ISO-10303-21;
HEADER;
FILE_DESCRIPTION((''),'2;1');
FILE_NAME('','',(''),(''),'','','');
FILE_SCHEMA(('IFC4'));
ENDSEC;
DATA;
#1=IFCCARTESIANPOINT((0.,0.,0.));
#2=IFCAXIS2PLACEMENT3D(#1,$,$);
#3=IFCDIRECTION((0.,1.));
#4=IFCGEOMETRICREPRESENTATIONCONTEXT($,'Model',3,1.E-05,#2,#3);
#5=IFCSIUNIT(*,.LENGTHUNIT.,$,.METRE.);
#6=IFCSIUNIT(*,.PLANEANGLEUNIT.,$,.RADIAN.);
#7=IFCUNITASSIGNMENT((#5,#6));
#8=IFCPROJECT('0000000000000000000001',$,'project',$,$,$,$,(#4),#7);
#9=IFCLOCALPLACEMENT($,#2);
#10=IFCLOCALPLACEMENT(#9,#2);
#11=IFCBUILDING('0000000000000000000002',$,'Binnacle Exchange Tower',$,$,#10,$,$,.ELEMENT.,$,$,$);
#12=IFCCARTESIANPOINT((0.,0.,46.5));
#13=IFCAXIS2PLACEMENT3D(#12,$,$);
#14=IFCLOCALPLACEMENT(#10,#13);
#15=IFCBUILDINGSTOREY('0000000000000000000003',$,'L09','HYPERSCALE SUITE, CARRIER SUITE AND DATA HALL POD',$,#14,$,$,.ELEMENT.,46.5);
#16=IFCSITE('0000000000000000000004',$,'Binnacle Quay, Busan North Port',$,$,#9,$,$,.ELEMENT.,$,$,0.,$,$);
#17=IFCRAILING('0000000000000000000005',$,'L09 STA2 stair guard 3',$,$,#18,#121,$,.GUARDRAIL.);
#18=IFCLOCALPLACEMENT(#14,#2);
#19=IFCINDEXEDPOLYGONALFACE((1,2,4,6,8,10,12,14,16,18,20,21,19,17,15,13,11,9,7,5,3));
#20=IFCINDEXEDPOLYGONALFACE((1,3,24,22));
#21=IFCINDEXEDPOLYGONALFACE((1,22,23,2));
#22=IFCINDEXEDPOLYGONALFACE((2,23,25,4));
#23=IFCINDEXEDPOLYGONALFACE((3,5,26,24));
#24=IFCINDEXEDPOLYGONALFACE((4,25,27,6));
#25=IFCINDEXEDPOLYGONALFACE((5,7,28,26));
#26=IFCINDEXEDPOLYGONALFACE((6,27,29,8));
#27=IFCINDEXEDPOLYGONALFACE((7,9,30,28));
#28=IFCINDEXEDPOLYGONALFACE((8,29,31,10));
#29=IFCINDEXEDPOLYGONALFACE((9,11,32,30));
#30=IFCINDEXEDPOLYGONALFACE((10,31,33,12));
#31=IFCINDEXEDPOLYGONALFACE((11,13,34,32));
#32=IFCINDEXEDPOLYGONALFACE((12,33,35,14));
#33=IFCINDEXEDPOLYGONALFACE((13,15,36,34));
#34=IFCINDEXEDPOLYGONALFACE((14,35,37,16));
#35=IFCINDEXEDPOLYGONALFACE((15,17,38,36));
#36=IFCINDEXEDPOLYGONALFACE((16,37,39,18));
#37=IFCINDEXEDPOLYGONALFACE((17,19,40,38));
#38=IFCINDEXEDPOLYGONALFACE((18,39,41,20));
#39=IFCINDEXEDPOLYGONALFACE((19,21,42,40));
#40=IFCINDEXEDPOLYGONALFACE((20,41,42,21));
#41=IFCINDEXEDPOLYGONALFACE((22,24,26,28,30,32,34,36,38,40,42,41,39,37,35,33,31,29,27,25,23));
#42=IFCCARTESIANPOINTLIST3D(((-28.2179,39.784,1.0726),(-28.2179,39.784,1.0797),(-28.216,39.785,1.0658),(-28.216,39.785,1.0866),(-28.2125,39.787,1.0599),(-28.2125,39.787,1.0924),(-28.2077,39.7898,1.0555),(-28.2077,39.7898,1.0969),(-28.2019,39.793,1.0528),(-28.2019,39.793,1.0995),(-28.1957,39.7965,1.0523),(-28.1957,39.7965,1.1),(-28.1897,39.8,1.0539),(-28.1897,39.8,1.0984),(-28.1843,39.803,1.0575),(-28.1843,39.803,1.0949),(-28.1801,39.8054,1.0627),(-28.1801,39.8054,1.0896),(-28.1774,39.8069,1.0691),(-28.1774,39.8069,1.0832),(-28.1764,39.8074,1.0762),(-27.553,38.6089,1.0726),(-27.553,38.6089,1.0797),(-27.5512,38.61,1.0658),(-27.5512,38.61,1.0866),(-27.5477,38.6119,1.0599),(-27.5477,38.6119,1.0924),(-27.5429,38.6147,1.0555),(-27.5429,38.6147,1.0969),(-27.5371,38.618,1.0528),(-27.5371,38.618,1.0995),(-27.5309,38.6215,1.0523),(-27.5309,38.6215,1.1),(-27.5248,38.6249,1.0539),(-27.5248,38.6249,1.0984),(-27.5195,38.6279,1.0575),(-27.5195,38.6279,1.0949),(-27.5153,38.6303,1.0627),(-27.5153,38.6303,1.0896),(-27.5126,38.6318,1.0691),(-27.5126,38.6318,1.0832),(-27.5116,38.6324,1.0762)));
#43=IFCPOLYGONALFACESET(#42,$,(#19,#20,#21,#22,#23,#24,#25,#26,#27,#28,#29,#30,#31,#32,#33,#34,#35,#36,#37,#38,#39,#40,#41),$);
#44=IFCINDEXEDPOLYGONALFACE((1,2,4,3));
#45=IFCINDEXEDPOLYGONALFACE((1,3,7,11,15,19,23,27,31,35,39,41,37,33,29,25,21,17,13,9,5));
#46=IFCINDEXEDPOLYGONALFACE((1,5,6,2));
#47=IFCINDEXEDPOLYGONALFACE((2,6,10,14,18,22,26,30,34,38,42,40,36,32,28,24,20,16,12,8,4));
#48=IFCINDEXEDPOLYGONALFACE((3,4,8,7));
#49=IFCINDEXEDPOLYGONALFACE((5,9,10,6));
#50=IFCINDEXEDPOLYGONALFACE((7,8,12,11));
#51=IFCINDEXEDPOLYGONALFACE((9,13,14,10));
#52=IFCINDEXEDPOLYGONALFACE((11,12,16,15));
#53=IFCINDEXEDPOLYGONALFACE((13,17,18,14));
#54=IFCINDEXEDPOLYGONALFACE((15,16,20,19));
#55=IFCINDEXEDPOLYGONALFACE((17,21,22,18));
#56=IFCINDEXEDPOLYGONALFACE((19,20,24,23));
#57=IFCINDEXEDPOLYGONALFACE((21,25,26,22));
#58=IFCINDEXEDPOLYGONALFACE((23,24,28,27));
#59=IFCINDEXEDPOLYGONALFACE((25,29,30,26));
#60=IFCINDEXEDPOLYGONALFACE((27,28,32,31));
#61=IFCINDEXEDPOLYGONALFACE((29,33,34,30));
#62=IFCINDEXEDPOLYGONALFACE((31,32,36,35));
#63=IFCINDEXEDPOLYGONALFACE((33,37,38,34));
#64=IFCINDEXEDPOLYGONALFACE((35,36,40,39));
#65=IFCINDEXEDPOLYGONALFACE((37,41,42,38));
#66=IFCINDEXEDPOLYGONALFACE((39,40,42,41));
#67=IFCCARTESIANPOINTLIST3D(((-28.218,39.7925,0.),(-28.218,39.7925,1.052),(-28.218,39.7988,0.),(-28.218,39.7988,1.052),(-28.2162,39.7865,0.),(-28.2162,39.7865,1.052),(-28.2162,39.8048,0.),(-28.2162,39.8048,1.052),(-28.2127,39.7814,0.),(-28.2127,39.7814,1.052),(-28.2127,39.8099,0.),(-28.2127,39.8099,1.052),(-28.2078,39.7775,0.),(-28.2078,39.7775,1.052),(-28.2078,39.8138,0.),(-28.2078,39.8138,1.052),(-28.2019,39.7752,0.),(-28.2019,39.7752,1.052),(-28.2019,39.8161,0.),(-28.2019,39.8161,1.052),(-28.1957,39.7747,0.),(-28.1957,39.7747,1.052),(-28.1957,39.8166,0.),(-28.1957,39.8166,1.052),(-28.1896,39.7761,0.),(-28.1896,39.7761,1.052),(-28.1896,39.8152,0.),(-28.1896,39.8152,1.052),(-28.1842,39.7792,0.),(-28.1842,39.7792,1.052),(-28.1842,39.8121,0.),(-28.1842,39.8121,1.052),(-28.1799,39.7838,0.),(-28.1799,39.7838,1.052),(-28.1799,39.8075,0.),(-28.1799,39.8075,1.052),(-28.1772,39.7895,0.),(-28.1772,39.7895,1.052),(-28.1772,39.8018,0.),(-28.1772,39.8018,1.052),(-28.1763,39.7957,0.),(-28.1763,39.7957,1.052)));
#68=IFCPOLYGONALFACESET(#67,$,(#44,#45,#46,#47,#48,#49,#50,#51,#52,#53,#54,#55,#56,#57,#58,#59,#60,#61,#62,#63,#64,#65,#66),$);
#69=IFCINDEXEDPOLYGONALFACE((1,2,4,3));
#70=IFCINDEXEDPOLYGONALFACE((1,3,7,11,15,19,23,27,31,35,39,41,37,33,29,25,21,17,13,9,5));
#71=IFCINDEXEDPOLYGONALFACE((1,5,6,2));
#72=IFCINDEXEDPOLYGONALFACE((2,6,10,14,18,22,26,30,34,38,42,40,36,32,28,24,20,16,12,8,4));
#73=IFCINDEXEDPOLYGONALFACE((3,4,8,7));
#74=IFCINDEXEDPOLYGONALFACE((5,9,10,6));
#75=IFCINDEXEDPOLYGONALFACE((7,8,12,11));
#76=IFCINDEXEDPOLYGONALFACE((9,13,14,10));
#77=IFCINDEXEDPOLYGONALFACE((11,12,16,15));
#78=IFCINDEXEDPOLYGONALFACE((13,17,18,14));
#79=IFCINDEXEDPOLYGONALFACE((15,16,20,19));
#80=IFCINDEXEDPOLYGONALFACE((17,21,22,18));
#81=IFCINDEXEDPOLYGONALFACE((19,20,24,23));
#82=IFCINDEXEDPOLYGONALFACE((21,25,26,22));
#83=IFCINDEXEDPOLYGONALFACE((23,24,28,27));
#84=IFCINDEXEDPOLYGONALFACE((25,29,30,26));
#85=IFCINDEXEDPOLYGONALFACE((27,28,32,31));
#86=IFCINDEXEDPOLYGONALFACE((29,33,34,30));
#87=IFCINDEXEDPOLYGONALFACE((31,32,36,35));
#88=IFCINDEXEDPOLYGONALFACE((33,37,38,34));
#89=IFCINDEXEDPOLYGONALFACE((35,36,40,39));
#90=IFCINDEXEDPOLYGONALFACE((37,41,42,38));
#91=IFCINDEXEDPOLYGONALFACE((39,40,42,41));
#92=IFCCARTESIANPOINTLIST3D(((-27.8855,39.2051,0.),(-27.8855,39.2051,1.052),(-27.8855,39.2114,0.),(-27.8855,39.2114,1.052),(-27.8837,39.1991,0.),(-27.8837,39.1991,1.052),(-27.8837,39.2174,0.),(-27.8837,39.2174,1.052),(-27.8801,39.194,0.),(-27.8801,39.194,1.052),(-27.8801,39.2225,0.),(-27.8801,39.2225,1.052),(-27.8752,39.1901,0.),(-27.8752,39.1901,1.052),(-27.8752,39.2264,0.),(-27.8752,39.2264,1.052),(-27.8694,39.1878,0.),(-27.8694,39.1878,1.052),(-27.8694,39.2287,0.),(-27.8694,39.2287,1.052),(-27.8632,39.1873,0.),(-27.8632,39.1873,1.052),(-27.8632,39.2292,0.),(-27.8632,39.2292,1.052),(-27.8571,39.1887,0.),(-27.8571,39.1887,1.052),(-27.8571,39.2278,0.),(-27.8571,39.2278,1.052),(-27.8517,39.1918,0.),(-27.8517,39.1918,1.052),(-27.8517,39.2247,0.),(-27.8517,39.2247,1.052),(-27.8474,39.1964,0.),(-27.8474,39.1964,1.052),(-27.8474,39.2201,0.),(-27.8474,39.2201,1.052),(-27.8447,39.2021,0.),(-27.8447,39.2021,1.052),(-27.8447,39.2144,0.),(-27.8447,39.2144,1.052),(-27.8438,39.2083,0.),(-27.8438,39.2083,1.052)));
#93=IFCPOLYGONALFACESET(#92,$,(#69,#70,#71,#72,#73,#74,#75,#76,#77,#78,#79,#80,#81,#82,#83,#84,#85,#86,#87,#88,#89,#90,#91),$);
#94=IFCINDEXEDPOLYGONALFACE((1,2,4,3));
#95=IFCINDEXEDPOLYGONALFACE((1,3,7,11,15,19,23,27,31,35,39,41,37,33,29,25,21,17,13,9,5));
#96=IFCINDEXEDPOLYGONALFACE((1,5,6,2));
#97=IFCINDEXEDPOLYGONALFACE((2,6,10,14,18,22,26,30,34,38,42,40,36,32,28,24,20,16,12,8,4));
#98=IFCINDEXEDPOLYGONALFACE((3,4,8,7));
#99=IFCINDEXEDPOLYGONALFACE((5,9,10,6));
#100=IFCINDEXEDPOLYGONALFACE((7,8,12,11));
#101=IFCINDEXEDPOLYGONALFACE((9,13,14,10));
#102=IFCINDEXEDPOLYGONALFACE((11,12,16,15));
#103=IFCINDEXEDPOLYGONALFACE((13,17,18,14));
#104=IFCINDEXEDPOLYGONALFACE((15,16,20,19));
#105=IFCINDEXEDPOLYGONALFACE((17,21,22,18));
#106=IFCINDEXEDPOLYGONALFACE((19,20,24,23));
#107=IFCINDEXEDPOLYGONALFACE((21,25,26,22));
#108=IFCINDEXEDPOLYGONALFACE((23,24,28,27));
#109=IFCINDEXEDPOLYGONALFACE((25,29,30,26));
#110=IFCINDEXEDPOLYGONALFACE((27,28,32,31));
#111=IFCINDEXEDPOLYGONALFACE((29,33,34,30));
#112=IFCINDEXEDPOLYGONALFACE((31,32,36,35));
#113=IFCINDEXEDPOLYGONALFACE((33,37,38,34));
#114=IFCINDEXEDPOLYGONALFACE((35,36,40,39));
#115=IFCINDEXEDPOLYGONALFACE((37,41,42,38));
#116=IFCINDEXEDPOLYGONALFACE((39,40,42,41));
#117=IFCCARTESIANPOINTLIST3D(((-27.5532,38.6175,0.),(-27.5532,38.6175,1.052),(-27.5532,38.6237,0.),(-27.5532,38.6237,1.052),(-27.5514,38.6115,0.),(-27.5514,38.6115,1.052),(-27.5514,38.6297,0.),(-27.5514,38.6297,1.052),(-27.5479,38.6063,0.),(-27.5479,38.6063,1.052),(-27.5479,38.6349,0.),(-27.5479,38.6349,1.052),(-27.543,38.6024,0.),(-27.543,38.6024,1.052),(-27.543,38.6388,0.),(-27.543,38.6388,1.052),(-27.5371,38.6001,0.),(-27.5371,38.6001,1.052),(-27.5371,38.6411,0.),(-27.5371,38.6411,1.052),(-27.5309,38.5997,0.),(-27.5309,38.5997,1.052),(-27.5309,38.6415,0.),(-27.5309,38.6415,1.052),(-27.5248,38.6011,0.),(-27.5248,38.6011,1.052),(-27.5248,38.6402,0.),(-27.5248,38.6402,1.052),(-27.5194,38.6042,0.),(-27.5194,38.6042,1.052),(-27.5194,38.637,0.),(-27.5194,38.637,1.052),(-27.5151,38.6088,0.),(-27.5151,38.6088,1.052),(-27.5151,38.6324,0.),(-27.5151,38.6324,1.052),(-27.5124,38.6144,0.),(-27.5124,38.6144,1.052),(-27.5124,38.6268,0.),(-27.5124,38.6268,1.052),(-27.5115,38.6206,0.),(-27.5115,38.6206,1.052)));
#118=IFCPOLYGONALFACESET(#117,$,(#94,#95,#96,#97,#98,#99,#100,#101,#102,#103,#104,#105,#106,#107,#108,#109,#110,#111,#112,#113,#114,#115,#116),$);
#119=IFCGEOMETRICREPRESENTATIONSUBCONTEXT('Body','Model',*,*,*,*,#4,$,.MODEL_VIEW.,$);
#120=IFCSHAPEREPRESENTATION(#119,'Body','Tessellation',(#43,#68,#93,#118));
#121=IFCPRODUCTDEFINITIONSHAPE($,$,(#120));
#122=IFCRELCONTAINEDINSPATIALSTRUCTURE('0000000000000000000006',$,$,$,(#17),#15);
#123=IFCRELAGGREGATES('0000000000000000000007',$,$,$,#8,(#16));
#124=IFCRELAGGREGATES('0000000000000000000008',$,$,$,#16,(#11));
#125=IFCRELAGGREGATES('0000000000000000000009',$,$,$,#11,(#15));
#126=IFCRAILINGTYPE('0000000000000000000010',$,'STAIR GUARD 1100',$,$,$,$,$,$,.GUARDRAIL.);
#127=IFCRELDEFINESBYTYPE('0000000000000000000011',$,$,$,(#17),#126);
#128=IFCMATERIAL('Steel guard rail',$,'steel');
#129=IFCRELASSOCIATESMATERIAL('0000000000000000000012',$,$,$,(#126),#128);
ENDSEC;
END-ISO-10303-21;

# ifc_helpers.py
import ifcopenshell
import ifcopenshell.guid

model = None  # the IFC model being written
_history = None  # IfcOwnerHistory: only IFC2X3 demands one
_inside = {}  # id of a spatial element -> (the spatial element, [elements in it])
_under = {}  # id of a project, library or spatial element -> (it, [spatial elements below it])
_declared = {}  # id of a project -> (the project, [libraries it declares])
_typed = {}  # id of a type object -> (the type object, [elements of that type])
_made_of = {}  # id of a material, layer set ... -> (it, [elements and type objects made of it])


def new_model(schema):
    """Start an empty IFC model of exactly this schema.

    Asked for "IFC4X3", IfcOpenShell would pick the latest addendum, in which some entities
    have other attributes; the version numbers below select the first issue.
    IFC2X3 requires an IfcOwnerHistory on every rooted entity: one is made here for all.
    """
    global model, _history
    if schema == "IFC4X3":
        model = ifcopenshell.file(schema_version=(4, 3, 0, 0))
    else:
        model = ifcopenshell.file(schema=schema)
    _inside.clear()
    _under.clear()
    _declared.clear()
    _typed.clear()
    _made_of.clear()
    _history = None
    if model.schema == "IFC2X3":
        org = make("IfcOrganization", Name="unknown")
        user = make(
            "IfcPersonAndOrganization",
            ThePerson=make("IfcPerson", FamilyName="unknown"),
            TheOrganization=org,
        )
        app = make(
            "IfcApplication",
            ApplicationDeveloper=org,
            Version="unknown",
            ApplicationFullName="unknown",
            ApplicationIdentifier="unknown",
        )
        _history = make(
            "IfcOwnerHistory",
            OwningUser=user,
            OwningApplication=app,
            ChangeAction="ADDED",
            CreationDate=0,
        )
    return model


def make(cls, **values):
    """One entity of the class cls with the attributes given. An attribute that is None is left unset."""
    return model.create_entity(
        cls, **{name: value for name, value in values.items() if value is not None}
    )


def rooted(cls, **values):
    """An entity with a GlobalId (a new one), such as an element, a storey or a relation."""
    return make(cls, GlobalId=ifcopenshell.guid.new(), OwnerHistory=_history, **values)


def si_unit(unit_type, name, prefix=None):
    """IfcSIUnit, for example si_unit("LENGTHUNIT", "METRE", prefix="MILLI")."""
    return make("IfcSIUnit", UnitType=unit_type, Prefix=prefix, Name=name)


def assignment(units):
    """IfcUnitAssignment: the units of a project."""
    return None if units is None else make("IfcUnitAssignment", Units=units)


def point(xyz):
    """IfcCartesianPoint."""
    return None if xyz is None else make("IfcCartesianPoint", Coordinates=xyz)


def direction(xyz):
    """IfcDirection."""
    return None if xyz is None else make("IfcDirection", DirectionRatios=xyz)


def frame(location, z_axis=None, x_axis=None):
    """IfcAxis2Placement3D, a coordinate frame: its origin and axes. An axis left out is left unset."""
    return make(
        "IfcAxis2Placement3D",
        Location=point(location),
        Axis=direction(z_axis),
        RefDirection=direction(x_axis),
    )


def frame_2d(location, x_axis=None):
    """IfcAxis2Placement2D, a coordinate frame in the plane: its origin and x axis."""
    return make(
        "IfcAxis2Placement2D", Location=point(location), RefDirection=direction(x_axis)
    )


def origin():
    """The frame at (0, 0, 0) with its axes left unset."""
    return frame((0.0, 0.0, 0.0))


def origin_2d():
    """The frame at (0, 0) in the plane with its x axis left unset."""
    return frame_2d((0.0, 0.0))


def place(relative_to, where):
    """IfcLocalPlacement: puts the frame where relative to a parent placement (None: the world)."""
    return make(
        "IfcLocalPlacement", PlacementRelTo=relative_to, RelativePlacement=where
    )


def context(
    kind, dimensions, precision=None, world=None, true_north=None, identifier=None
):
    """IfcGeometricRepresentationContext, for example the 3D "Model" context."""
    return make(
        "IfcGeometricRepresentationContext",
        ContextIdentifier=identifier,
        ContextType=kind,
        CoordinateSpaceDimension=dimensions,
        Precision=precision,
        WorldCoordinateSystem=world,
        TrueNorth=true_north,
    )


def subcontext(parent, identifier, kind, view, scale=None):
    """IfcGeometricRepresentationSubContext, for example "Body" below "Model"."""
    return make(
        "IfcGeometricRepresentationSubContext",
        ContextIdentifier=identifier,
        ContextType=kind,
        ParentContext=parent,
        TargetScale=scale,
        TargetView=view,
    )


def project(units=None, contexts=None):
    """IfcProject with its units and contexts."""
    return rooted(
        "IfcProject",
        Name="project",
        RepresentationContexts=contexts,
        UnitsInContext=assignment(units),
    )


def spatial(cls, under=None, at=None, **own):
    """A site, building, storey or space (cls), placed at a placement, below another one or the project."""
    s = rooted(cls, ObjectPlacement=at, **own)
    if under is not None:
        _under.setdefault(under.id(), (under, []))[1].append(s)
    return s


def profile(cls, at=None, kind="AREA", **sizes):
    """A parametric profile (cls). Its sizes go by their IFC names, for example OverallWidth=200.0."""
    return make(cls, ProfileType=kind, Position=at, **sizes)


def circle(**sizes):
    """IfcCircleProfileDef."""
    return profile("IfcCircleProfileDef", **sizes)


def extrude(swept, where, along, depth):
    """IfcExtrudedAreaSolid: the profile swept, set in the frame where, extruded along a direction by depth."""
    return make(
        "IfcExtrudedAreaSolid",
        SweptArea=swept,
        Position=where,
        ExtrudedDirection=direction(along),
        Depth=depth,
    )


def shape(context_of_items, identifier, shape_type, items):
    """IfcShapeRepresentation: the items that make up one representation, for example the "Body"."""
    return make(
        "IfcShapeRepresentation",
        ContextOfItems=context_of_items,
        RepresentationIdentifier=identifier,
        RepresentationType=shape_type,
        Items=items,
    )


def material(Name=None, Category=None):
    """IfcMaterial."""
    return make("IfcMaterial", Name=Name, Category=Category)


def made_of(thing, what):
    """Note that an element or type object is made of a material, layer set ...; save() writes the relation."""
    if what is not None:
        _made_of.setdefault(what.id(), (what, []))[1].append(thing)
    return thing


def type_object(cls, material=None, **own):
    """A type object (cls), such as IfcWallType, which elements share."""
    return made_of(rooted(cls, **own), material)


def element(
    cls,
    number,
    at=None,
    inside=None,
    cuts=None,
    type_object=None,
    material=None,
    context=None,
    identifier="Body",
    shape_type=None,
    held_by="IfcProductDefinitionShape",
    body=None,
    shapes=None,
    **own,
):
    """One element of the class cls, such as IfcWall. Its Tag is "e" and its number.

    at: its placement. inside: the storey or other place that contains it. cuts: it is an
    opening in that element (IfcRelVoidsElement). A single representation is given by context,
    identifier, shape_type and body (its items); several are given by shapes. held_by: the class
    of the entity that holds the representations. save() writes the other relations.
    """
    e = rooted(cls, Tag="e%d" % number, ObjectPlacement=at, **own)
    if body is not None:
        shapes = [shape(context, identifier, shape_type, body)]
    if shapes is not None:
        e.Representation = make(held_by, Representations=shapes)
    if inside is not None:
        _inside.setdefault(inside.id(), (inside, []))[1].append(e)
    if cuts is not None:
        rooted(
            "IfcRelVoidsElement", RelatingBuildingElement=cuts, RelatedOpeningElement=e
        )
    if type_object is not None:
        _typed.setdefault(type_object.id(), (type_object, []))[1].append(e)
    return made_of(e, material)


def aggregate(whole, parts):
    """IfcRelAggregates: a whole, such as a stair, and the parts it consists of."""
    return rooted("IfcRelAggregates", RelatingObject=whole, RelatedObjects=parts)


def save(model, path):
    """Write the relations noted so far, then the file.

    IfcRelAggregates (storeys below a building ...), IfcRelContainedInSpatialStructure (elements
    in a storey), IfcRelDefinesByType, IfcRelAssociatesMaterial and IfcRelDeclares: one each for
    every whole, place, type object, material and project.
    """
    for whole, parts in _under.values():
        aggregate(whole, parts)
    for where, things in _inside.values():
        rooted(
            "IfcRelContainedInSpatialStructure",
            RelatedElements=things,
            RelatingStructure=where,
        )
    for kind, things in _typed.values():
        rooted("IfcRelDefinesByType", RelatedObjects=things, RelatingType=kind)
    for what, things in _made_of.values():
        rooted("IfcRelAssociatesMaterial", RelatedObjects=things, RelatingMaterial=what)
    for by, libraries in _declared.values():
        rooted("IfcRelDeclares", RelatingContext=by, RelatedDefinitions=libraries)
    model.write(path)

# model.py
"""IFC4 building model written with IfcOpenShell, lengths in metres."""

from ifc_helpers import new_model, si_unit, direction, frame, origin, origin_2d, place, context, subcontext, project, spatial, circle, extrude, material, type_object, element, save


model = new_model("IFC4")

# Units and contexts
model_context = context("Model", 3, precision=1e-05, world=origin(), true_north=direction((0.0, 1.0)))
body_context = subcontext(model_context, "Body", "Model", "MODEL_VIEW")
ifc_project = project(units=[si_unit("LENGTHUNIT", "METRE"), si_unit("PLANEANGLEUNIT", "RADIAN")], contexts=[model_context])

# Site, building, storey
site_placement = place(None, origin())
site = spatial("IfcSite", under=ifc_project, at=site_placement, Name="Binnacle Quay, Busan North Port", CompositionType="ELEMENT", RefElevation=0.0)
building_placement = place(site_placement, origin())
building = spatial("IfcBuilding", under=site, at=building_placement, Name="Binnacle Exchange Tower", CompositionType="ELEMENT")
storey_placement = place(building_placement, frame((0.0, 0.0, 46.5)))
storey = spatial("IfcBuildingStorey", under=building, at=storey_placement, Name="L09", Description="HYPERSCALE SUITE, CARRIER SUITE AND DATA HALL POD", CompositionType="ELEMENT", Elevation=46.5)

# Railing
ifc_material_1 = material(Name="Steel guard rail", Category="steel")
railing_type_1 = type_object("IfcRailingType", Name="STAIR GUARD 1100", PredefinedType="GUARDRAIL", material=ifc_material_1)
railing_1_placement = place(storey_placement, frame((-28.1973, 39.7957, 0.0)))
element("IfcRailing", 1, at=railing_1_placement, inside=storey, type_object=railing_type_1, Name="L09 STA2 stair guard 3", PredefinedType="GUARDRAIL", context=body_context, shape_type="SweptSolid", body=[
    extrude(circle(Radius=0.0239, at=origin_2d()), frame((0.0, 0.0, 1.0762), z_axis=(0.492415, -0.870361, 0.0), x_axis=(0.870361, 0.492415, 0.0)), (0.0, 0.0, 1.0), 1.3501),
    extrude(circle(Radius=0.021, at=origin_2d()), origin(), (0.0, 0.0, 1.0), 1.052),
    extrude(circle(Radius=0.021, at=origin_2d()), frame((0.3325, -0.5874, 0.0)), (0.0, 0.0, 1.0), 1.052),
    extrude(circle(Radius=0.021, at=origin_2d()), frame((0.6648, -1.175, 0.0)), (0.0, 0.0, 1.0), 1.052),
])

save(model, "model.ifc")
